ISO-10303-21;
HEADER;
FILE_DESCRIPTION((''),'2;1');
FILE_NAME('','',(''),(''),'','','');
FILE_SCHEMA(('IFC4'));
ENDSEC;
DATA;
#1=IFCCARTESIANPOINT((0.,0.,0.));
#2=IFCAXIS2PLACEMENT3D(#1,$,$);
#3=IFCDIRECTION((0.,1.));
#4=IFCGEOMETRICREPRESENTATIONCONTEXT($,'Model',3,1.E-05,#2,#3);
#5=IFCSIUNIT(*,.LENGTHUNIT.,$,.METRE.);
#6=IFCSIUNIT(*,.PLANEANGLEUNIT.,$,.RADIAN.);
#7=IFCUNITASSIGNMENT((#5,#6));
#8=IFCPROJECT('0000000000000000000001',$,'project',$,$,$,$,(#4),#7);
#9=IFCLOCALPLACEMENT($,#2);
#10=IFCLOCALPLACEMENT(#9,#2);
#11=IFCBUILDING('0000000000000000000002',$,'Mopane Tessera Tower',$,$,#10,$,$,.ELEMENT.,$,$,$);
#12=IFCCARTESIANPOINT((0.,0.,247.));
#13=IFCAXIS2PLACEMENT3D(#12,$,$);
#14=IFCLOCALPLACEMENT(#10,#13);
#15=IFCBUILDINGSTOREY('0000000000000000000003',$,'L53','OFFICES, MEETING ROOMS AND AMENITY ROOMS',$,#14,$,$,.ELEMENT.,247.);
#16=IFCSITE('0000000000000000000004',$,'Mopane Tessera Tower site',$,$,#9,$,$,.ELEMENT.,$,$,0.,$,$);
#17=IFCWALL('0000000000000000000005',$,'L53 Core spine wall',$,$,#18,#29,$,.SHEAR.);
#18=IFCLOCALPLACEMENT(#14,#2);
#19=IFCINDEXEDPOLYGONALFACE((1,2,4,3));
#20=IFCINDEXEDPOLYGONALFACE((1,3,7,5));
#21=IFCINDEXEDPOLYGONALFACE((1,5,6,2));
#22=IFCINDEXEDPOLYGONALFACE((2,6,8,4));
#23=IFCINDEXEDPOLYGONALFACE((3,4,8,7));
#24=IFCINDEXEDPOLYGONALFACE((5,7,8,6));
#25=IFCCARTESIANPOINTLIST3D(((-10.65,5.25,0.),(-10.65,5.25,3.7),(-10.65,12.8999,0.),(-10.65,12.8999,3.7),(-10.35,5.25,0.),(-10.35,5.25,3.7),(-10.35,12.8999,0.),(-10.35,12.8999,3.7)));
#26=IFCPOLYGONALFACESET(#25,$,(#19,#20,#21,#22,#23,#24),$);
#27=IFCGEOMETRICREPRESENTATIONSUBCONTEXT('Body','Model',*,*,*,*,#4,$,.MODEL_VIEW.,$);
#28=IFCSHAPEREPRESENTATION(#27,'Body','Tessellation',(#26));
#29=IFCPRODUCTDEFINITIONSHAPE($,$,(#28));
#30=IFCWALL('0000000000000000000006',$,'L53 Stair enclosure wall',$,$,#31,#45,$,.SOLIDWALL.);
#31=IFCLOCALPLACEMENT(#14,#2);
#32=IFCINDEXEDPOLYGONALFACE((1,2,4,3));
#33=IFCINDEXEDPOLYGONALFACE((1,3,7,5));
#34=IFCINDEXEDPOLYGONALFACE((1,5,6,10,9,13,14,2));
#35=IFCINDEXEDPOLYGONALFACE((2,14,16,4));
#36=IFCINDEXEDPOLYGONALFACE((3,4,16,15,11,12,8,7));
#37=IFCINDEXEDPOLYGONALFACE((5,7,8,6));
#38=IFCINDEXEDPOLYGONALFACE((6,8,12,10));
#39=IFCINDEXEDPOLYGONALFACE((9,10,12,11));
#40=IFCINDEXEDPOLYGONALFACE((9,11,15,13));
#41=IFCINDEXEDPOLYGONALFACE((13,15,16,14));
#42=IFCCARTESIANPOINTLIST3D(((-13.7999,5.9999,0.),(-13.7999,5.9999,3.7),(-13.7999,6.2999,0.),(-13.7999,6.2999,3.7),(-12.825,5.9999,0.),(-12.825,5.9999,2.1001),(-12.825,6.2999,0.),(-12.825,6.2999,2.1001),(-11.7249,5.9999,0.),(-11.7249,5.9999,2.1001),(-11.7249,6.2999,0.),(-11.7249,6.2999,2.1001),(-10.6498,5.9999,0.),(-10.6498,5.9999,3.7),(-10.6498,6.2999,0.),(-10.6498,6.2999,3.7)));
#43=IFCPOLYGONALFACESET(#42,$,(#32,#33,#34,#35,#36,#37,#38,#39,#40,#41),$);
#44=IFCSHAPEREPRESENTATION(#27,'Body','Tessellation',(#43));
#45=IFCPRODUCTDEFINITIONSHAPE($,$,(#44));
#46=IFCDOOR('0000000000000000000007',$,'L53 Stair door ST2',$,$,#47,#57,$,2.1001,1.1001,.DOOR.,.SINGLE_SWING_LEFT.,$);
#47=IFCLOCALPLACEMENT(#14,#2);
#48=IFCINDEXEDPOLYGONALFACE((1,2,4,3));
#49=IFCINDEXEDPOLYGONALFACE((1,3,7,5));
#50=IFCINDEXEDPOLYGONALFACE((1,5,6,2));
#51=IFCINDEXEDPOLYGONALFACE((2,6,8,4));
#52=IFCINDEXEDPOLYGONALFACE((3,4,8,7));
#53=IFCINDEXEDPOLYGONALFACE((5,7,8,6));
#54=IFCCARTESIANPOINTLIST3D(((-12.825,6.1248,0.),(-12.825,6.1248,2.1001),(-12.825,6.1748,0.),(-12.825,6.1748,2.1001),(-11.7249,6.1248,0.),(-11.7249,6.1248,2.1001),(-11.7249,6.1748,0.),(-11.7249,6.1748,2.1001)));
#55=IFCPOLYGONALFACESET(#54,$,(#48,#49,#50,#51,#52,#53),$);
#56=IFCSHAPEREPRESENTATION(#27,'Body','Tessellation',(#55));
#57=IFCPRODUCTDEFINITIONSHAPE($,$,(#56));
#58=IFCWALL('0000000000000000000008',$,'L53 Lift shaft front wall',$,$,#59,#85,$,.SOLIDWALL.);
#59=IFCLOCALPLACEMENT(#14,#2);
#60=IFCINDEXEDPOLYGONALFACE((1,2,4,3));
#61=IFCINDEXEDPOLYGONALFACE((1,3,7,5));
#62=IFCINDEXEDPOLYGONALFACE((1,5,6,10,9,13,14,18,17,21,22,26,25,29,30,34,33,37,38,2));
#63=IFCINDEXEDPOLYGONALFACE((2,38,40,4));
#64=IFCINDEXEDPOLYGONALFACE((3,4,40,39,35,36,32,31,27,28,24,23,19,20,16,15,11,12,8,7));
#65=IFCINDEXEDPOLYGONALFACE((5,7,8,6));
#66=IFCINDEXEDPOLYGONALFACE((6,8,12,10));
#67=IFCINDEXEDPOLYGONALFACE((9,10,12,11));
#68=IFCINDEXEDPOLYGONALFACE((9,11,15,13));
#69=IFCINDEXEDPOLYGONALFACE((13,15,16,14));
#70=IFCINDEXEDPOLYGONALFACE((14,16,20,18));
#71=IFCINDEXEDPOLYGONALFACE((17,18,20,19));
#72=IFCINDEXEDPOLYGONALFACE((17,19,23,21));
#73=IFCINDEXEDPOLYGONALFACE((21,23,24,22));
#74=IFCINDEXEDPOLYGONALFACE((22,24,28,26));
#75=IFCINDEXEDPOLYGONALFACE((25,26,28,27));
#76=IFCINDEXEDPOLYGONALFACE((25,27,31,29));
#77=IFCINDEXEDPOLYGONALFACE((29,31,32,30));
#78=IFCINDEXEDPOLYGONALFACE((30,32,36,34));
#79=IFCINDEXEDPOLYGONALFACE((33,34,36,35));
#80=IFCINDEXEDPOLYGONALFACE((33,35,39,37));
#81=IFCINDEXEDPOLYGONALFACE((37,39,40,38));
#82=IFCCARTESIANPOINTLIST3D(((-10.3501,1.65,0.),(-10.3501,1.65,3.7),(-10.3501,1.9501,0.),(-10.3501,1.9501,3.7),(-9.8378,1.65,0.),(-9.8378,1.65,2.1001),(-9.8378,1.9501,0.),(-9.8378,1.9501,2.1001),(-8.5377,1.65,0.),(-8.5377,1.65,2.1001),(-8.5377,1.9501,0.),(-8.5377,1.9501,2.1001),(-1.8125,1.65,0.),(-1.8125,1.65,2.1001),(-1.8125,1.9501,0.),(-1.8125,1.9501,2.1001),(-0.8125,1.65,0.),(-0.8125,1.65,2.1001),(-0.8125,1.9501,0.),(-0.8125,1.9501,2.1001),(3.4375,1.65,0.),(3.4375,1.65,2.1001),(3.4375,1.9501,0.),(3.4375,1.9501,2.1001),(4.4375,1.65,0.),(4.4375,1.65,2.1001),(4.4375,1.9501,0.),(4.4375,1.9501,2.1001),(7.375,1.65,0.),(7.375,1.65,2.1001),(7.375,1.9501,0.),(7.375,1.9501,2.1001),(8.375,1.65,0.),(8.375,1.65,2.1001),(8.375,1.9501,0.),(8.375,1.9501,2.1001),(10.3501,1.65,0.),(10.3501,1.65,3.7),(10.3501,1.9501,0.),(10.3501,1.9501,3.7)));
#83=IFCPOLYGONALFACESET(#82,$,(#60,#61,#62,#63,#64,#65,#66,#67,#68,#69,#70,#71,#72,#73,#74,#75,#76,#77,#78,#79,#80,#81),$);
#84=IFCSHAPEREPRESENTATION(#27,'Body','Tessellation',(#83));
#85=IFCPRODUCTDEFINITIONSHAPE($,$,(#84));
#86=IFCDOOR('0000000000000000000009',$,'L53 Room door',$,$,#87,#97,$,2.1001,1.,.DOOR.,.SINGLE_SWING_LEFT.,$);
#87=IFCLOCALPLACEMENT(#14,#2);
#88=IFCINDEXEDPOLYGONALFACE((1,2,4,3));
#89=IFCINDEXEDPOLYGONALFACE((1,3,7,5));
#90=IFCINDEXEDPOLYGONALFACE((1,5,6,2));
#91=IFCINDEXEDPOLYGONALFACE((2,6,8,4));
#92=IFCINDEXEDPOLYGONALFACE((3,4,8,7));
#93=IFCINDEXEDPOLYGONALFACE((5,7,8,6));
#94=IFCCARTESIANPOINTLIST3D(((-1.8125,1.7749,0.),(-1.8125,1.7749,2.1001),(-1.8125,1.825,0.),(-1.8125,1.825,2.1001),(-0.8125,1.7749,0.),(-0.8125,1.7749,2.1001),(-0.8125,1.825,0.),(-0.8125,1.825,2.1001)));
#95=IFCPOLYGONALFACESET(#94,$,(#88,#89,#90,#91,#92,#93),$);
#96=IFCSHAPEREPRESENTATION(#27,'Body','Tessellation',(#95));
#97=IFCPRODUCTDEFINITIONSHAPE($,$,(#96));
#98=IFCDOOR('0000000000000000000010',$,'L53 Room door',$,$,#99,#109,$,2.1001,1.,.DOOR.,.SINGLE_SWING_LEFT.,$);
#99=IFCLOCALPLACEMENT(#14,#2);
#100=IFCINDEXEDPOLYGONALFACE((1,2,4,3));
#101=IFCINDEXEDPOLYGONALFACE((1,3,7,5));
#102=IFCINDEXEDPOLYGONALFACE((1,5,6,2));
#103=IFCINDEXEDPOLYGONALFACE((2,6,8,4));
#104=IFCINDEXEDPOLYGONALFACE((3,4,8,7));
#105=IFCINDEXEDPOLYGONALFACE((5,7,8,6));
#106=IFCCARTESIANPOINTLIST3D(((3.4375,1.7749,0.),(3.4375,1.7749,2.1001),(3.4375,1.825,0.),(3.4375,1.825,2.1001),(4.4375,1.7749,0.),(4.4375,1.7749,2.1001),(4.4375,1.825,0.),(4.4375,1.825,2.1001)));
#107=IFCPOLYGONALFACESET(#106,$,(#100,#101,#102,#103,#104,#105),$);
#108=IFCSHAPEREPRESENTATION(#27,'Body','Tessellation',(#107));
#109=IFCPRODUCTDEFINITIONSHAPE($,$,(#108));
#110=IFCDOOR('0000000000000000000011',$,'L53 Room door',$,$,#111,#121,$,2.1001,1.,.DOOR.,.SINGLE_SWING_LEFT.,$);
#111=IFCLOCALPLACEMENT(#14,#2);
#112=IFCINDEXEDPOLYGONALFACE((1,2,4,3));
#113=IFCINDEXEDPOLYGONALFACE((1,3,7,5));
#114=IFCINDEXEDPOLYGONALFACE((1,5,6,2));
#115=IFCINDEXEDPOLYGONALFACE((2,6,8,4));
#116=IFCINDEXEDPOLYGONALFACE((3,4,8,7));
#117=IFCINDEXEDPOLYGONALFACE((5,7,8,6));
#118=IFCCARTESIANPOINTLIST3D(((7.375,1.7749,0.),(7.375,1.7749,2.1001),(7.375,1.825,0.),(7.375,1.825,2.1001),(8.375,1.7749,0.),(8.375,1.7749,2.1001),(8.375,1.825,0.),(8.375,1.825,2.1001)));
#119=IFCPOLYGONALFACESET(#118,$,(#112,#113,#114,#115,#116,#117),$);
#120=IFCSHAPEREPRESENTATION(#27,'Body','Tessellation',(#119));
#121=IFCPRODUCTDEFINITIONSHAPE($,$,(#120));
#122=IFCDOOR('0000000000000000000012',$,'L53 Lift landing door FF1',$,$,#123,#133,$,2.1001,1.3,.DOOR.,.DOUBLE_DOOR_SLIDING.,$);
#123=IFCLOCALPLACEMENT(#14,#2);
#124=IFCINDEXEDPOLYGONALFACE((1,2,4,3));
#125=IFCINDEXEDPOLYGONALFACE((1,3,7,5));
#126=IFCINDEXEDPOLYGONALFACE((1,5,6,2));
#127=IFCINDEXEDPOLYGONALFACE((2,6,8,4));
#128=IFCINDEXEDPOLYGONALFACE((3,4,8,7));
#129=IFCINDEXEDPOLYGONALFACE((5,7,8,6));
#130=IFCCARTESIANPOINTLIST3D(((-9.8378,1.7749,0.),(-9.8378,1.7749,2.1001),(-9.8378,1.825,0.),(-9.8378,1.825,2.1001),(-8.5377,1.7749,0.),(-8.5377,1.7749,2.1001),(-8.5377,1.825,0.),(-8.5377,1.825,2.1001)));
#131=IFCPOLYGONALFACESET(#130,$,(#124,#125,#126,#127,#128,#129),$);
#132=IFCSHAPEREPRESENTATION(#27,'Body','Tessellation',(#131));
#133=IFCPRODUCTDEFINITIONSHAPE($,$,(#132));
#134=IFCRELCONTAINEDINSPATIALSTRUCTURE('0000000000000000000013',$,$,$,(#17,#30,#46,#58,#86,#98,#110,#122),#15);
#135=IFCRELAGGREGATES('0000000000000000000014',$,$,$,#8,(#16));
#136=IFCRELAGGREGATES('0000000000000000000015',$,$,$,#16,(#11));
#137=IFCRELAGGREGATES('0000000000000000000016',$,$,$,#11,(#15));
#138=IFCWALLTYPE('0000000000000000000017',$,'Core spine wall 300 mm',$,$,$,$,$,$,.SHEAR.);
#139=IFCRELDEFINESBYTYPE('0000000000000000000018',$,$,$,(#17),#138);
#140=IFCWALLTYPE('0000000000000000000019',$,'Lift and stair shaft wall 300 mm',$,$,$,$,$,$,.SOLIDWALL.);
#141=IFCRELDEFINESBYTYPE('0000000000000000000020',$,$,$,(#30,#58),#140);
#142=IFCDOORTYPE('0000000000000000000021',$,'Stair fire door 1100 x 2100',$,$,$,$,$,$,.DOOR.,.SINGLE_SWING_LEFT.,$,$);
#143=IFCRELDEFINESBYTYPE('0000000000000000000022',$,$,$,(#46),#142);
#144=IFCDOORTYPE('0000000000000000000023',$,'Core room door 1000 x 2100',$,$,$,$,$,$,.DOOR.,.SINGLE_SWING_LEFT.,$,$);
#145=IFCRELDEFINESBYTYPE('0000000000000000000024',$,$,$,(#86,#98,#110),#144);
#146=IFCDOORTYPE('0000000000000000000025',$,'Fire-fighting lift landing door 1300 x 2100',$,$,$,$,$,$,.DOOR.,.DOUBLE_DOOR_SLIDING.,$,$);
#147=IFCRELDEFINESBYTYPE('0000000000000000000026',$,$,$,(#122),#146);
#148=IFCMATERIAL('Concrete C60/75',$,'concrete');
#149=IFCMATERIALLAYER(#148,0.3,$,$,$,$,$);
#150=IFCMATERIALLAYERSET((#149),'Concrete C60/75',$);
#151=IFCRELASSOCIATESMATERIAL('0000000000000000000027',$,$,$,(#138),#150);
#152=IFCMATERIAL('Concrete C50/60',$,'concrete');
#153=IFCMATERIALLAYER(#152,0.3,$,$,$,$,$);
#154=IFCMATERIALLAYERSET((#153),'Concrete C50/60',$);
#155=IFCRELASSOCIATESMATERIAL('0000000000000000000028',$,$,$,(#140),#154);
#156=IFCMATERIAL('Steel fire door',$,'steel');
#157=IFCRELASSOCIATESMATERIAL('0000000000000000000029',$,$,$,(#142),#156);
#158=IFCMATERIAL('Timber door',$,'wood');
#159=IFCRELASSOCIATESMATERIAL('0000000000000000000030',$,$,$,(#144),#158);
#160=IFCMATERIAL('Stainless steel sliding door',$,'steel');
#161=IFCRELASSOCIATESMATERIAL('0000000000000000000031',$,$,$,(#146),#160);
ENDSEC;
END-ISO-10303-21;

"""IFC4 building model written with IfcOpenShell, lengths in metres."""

from ifc_helpers import new_model, si_unit, direction, frame, frame_2d, origin, place, context, subcontext, project, spatial, rectangle, extrude, material, layer, layer_set, type_object, element, fill, save


model = new_model("IFC4")

# Units and contexts
model_context = context("Model", 3, precision=1e-05, world=origin(), true_north=direction((0.0, 1.0)))
body_context = subcontext(model_context, "Body", "Model", "MODEL_VIEW")
ifc_project = project(units=[si_unit("LENGTHUNIT", "METRE"), si_unit("PLANEANGLEUNIT", "RADIAN")], contexts=[model_context])

# Site, building, storey
site_placement = place(None, origin())
site = spatial("IfcSite", under=ifc_project, at=site_placement, Name="Mopane Tessera Tower site", CompositionType="ELEMENT", RefElevation=0.0)
building_placement = place(site_placement, origin())
building = spatial("IfcBuilding", under=site, at=building_placement, Name="Mopane Tessera Tower", CompositionType="ELEMENT")
storey_placement = place(building_placement, frame((0.0, 0.0, 247.0)))
storey = spatial("IfcBuildingStorey", under=building, at=storey_placement, Name="L53", Description="OFFICES, MEETING ROOMS AND AMENITY ROOMS", CompositionType="ELEMENT", Elevation=247.0)

# Wall
ifc_material_1 = material(Name="Concrete C60/75", Category="concrete")
ifc_layer_1 = layer(ifc_material_1, 0.3)
ifc_layer_set_1 = layer_set([ifc_layer_1], Name="Concrete C60/75")
wall_type_1 = type_object("IfcWallType", Name="Core spine wall 300 mm", PredefinedType="SHEAR", material=ifc_layer_set_1)
wall_1_placement = place(storey_placement, frame((-10.5, 5.25, 0.0), z_axis=(0.0, 0.0, 1.0), x_axis=(0.0, 1.0, 0.0)))
element("IfcWall", 1, at=wall_1_placement, inside=storey, type_object=wall_type_1, Name="L53 Core spine wall", PredefinedType="SHEAR", context=body_context, shape_type="SweptSolid", body=[
    extrude(rectangle(XDim=7.6499, YDim=0.3, at=frame_2d((3.825, 0.0))), origin(), (0.0, 0.0, 1.0), 3.7),
])

# Wall, opening, door
ifc_material_2 = material(Name="Concrete C50/60", Category="concrete")
ifc_layer_2 = layer(ifc_material_2, 0.3)
ifc_layer_set_2 = layer_set([ifc_layer_2], Name="Concrete C50/60")
wall_type_2 = type_object("IfcWallType", Name="Lift and stair shaft wall 300 mm", PredefinedType="SOLIDWALL", material=ifc_layer_set_2)
wall_2_placement = place(storey_placement, frame((-13.8, 6.1499, 0.0), z_axis=(0.0, 0.0, 1.0), x_axis=(1.0, 0.0, 0.0)))
wall_2 = element("IfcWall", 2, at=wall_2_placement, inside=storey, type_object=wall_type_2, Name="L53 Stair enclosure wall", PredefinedType="SOLIDWALL", context=body_context, shape_type="SweptSolid", body=[
    extrude(rectangle(XDim=3.1501, YDim=0.3, at=frame_2d((1.5752, 0.0))), origin(), (0.0, 0.0, 1.0), 3.7),
])
opening_1_placement = place(wall_2_placement, frame((0.9751, 0.0, 0.0)))
opening_1 = element("IfcOpeningElement", 3, at=opening_1_placement, cuts=wall_2, PredefinedType="OPENING", context=body_context, shape_type="SweptSolid", body=[
    extrude(rectangle(XDim=1.1001, YDim=2.1001, at=frame_2d((0.55, 1.05))), frame((0.0, 0.1621, 0.0), z_axis=(0.0, -1.0, 0.0), x_axis=(1.0, 0.0, 0.0)), (0.0, 0.0, 1.0), 0.324),
])
ifc_material_3 = material(Name="Steel fire door", Category="steel")
door_type_1 = type_object("IfcDoorType", Name="Stair fire door 1100 x 2100", OperationType="SINGLE_SWING_LEFT", PredefinedType="DOOR", material=ifc_material_3)
door_1_placement = place(opening_1_placement, origin())
door_1 = element("IfcDoor", 4, at=door_1_placement, inside=storey, type_object=door_type_1, Name="L53 Stair door ST2", OperationType="SINGLE_SWING_LEFT", OverallHeight=2.1001, OverallWidth=1.1001, PredefinedType="DOOR", context=body_context, shape_type="SweptSolid", body=[
    extrude(rectangle(XDim=1.1001, YDim=2.1001, at=frame_2d((0.55, 1.05))), frame((0.0, 0.0249, 0.0), z_axis=(0.0, -1.0, 0.0), x_axis=(1.0, 0.0, 0.0)), (0.0, 0.0, 1.0), 0.05),
])
fill(opening_1, door_1)

# Wall, openings, doors
wall_3_placement = place(storey_placement, frame((-10.3501, 1.8, 0.0), z_axis=(0.0, 0.0, 1.0), x_axis=(1.0, 0.0, 0.0)))
wall_3 = element("IfcWall", 5, at=wall_3_placement, inside=storey, type_object=wall_type_2, Name="L53 Lift shaft front wall", PredefinedType="SOLIDWALL", context=body_context, shape_type="SweptSolid", body=[
    extrude(rectangle(XDim=20.7002, YDim=0.3, at=frame_2d((10.3501, 0.0))), origin(), (0.0, 0.0, 1.0), 3.7),
])
opening_2_placement = place(wall_3_placement, frame((0.5125, 0.0, 0.0)))
opening_2 = element("IfcOpeningElement", 6, at=opening_2_placement, cuts=wall_3, PredefinedType="OPENING", context=body_context, shape_type="SweptSolid", body=[
    extrude(rectangle(XDim=1.3, YDim=2.1001, at=frame_2d((0.6499, 1.05))), frame((0.0, 0.1621, 0.0), z_axis=(0.0, -1.0, 0.0), x_axis=(1.0, 0.0, 0.0)), (0.0, 0.0, 1.0), 0.324),
])
opening_3_placement = place(wall_3_placement, frame((8.5376, 0.0, 0.0)))
opening_3 = element("IfcOpeningElement", 7, at=opening_3_placement, cuts=wall_3, PredefinedType="OPENING", context=body_context, shape_type="SweptSolid", body=[
    extrude(rectangle(XDim=1.0, YDim=2.1001, at=frame_2d((0.5, 1.05))), frame((0.0, 0.1621, 0.0), z_axis=(0.0, -1.0, 0.0), x_axis=(1.0, 0.0, 0.0)), (0.0, 0.0, 1.0), 0.324),
])
opening_4_placement = place(wall_3_placement, frame((13.7876, 0.0, 0.0)))
opening_4 = element("IfcOpeningElement", 8, at=opening_4_placement, cuts=wall_3, PredefinedType="OPENING", context=body_context, shape_type="SweptSolid", body=[
    extrude(rectangle(XDim=1.0, YDim=2.1001, at=frame_2d((0.5, 1.05))), frame((0.0, 0.1621, 0.0), z_axis=(0.0, -1.0, 0.0), x_axis=(1.0, 0.0, 0.0)), (0.0, 0.0, 1.0), 0.324),
])
opening_5_placement = place(wall_3_placement, frame((17.7251, 0.0, 0.0)))
opening_5 = element("IfcOpeningElement", 9, at=opening_5_placement, cuts=wall_3, PredefinedType="OPENING", context=body_context, shape_type="SweptSolid", body=[
    extrude(rectangle(XDim=1.0, YDim=2.1001, at=frame_2d((0.5, 1.05))), frame((0.0, 0.1621, 0.0), z_axis=(0.0, -1.0, 0.0), x_axis=(1.0, 0.0, 0.0)), (0.0, 0.0, 1.0), 0.324),
])
ifc_material_4 = material(Name="Timber door", Category="wood")
door_type_2 = type_object("IfcDoorType", Name="Core room door 1000 x 2100", OperationType="SINGLE_SWING_LEFT", PredefinedType="DOOR", material=ifc_material_4)
door_2_placement = place(opening_3_placement, origin())
door_2 = element("IfcDoor", 10, at=door_2_placement, inside=storey, type_object=door_type_2, Name="L53 Room door", OperationType="SINGLE_SWING_LEFT", OverallHeight=2.1001, OverallWidth=1.0, PredefinedType="DOOR", context=body_context, shape_type="SweptSolid", body=[
    extrude(rectangle(XDim=1.0, YDim=2.1001, at=frame_2d((0.5, 1.05))), frame((0.0, 0.0249, 0.0), z_axis=(0.0, -1.0, 0.0), x_axis=(1.0, 0.0, 0.0)), (0.0, 0.0, 1.0), 0.05),
])
fill(opening_3, door_2)
door_3_placement = place(opening_4_placement, origin())
door_3 = element("IfcDoor", 11, at=door_3_placement, inside=storey, type_object=door_type_2, Name="L53 Room door", OperationType="SINGLE_SWING_LEFT", OverallHeight=2.1001, OverallWidth=1.0, PredefinedType="DOOR", context=body_context, shape_type="SweptSolid", body=[
    extrude(rectangle(XDim=1.0, YDim=2.1001, at=frame_2d((0.5, 1.05))), frame((0.0, 0.0249, 0.0), z_axis=(0.0, -1.0, 0.0), x_axis=(1.0, 0.0, 0.0)), (0.0, 0.0, 1.0), 0.05),
])
fill(opening_4, door_3)
door_4_placement = place(opening_5_placement, origin())
door_4 = element("IfcDoor", 12, at=door_4_placement, inside=storey, type_object=door_type_2, Name="L53 Room door", OperationType="SINGLE_SWING_LEFT", OverallHeight=2.1001, OverallWidth=1.0, PredefinedType="DOOR", context=body_context, shape_type="SweptSolid", body=[
    extrude(rectangle(XDim=1.0, YDim=2.1001, at=frame_2d((0.5, 1.05))), frame((0.0, 0.0249, 0.0), z_axis=(0.0, -1.0, 0.0), x_axis=(1.0, 0.0, 0.0)), (0.0, 0.0, 1.0), 0.05),
])
fill(opening_5, door_4)
ifc_material_5 = material(Name="Stainless steel sliding door", Category="steel")
door_type_3 = type_object("IfcDoorType", Name="Fire-fighting lift landing door 1300 x 2100", OperationType="DOUBLE_DOOR_SLIDING", PredefinedType="DOOR", material=ifc_material_5)
door_5_placement = place(opening_2_placement, origin())
door_5 = element("IfcDoor", 13, at=door_5_placement, inside=storey, type_object=door_type_3, Name="L53 Lift landing door FF1", OperationType="DOUBLE_DOOR_SLIDING", OverallHeight=2.1001, OverallWidth=1.3, PredefinedType="DOOR", context=body_context, shape_type="SweptSolid", body=[
    extrude(rectangle(XDim=1.3, YDim=2.1001, at=frame_2d((0.6499, 1.05))), frame((0.0, 0.0249, 0.0), z_axis=(0.0, -1.0, 0.0), x_axis=(1.0, 0.0, 0.0)), (0.0, 0.0, 1.0), 0.05),
])
fill(opening_2, door_5)

save(model, "model.ifc")
